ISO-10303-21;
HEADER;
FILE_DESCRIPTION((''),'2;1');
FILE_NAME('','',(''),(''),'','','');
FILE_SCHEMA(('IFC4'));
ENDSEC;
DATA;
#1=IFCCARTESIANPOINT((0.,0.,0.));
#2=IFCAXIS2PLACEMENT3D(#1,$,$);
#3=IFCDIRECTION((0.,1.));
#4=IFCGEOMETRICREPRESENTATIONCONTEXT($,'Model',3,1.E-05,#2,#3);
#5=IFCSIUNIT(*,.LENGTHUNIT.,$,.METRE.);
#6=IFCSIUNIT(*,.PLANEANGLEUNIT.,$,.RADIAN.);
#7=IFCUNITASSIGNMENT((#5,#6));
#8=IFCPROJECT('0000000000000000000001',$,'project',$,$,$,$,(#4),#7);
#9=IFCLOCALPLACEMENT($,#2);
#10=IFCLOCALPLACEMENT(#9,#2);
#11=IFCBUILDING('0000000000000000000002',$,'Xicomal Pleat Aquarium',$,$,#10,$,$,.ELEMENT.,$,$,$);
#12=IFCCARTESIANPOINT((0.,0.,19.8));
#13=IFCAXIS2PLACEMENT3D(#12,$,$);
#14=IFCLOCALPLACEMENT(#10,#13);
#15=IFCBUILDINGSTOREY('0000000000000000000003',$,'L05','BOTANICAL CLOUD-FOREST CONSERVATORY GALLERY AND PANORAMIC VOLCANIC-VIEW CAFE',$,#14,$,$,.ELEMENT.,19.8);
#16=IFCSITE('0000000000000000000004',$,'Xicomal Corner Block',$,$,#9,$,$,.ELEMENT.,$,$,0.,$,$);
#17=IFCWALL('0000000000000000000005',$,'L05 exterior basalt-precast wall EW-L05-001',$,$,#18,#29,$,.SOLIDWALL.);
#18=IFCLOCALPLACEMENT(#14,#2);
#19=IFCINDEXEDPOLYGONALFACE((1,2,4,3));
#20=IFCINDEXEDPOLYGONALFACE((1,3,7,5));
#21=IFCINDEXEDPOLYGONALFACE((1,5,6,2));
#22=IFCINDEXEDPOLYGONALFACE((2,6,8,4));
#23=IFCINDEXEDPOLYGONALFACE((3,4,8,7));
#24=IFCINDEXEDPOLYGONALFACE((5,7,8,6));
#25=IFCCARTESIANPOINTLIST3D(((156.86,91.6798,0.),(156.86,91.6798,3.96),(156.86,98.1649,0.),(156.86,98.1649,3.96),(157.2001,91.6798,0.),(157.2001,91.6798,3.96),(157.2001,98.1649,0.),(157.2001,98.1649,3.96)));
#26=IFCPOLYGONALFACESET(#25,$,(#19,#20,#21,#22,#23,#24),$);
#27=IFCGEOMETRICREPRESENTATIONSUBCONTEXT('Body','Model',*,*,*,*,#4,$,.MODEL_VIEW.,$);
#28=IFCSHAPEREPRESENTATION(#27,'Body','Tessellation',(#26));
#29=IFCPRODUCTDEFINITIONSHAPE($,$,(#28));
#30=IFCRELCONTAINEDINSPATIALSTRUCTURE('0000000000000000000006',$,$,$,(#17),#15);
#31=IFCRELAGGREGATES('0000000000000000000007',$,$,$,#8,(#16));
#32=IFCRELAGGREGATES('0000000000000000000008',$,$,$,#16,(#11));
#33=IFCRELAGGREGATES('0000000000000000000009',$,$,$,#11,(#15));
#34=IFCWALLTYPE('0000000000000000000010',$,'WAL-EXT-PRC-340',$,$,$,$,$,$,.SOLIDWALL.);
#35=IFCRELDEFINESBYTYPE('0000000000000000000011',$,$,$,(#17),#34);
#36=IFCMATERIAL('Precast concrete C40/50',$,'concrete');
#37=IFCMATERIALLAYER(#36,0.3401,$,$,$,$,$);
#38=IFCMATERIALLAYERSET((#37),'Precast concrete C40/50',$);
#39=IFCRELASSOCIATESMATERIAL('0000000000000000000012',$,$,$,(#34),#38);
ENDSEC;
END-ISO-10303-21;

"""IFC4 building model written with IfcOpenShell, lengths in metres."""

from ifc_helpers import new_model, si_unit, direction, frame, frame_2d, origin, place, context, subcontext, project, spatial, rectangle, extrude, material, layer, layer_set, type_object, element, save


model = new_model("IFC4")

# Units and contexts
model_context = context("Model", 3, precision=1e-05, world=origin(), true_north=direction((0.0, 1.0)))
body_context = subcontext(model_context, "Body", "Model", "MODEL_VIEW")
ifc_project = project(units=[si_unit("LENGTHUNIT", "METRE"), si_unit("PLANEANGLEUNIT", "RADIAN")], contexts=[model_context])

# Site, building, storey
site_placement = place(None, origin())
site = spatial("IfcSite", under=ifc_project, at=site_placement, Name="Xicomal Corner Block", CompositionType="ELEMENT", RefElevation=0.0)
building_placement = place(site_placement, origin())
building = spatial("IfcBuilding", under=site, at=building_placement, Name="Xicomal Pleat Aquarium", CompositionType="ELEMENT")
storey_placement = place(building_placement, frame((0.0, 0.0, 19.8)))
storey = spatial("IfcBuildingStorey", under=building, at=storey_placement, Name="L05", Description="BOTANICAL CLOUD-FOREST CONSERVATORY GALLERY AND PANORAMIC VOLCANIC-VIEW CAFE", CompositionType="ELEMENT", Elevation=19.8)

# Wall
ifc_material_1 = material(Name="Precast concrete C40/50", Category="concrete")
ifc_layer_1 = layer(ifc_material_1, 0.3401)
ifc_layer_set_1 = layer_set([ifc_layer_1], Name="Precast concrete C40/50")
wall_type_1 = type_object("IfcWallType", Name="WAL-EXT-PRC-340", PredefinedType="SOLIDWALL", material=ifc_layer_set_1)
wall_1_placement = place(storey_placement, frame((157.03, 98.165, 0.0), z_axis=(0.0, 0.0, 1.0), x_axis=(0.0, -1.0, 0.0)))
element("IfcWall", 1, at=wall_1_placement, inside=storey, type_object=wall_type_1, Name="L05 exterior basalt-precast wall EW-L05-001", PredefinedType="SOLIDWALL", context=body_context, shape_type="SweptSolid", body=[
    extrude(rectangle(XDim=6.4851, YDim=0.3401, at=frame_2d((3.2427, 0.0))), origin(), (0.0, 0.0, 1.0), 3.96),
])

save(model, "model.ifc")
